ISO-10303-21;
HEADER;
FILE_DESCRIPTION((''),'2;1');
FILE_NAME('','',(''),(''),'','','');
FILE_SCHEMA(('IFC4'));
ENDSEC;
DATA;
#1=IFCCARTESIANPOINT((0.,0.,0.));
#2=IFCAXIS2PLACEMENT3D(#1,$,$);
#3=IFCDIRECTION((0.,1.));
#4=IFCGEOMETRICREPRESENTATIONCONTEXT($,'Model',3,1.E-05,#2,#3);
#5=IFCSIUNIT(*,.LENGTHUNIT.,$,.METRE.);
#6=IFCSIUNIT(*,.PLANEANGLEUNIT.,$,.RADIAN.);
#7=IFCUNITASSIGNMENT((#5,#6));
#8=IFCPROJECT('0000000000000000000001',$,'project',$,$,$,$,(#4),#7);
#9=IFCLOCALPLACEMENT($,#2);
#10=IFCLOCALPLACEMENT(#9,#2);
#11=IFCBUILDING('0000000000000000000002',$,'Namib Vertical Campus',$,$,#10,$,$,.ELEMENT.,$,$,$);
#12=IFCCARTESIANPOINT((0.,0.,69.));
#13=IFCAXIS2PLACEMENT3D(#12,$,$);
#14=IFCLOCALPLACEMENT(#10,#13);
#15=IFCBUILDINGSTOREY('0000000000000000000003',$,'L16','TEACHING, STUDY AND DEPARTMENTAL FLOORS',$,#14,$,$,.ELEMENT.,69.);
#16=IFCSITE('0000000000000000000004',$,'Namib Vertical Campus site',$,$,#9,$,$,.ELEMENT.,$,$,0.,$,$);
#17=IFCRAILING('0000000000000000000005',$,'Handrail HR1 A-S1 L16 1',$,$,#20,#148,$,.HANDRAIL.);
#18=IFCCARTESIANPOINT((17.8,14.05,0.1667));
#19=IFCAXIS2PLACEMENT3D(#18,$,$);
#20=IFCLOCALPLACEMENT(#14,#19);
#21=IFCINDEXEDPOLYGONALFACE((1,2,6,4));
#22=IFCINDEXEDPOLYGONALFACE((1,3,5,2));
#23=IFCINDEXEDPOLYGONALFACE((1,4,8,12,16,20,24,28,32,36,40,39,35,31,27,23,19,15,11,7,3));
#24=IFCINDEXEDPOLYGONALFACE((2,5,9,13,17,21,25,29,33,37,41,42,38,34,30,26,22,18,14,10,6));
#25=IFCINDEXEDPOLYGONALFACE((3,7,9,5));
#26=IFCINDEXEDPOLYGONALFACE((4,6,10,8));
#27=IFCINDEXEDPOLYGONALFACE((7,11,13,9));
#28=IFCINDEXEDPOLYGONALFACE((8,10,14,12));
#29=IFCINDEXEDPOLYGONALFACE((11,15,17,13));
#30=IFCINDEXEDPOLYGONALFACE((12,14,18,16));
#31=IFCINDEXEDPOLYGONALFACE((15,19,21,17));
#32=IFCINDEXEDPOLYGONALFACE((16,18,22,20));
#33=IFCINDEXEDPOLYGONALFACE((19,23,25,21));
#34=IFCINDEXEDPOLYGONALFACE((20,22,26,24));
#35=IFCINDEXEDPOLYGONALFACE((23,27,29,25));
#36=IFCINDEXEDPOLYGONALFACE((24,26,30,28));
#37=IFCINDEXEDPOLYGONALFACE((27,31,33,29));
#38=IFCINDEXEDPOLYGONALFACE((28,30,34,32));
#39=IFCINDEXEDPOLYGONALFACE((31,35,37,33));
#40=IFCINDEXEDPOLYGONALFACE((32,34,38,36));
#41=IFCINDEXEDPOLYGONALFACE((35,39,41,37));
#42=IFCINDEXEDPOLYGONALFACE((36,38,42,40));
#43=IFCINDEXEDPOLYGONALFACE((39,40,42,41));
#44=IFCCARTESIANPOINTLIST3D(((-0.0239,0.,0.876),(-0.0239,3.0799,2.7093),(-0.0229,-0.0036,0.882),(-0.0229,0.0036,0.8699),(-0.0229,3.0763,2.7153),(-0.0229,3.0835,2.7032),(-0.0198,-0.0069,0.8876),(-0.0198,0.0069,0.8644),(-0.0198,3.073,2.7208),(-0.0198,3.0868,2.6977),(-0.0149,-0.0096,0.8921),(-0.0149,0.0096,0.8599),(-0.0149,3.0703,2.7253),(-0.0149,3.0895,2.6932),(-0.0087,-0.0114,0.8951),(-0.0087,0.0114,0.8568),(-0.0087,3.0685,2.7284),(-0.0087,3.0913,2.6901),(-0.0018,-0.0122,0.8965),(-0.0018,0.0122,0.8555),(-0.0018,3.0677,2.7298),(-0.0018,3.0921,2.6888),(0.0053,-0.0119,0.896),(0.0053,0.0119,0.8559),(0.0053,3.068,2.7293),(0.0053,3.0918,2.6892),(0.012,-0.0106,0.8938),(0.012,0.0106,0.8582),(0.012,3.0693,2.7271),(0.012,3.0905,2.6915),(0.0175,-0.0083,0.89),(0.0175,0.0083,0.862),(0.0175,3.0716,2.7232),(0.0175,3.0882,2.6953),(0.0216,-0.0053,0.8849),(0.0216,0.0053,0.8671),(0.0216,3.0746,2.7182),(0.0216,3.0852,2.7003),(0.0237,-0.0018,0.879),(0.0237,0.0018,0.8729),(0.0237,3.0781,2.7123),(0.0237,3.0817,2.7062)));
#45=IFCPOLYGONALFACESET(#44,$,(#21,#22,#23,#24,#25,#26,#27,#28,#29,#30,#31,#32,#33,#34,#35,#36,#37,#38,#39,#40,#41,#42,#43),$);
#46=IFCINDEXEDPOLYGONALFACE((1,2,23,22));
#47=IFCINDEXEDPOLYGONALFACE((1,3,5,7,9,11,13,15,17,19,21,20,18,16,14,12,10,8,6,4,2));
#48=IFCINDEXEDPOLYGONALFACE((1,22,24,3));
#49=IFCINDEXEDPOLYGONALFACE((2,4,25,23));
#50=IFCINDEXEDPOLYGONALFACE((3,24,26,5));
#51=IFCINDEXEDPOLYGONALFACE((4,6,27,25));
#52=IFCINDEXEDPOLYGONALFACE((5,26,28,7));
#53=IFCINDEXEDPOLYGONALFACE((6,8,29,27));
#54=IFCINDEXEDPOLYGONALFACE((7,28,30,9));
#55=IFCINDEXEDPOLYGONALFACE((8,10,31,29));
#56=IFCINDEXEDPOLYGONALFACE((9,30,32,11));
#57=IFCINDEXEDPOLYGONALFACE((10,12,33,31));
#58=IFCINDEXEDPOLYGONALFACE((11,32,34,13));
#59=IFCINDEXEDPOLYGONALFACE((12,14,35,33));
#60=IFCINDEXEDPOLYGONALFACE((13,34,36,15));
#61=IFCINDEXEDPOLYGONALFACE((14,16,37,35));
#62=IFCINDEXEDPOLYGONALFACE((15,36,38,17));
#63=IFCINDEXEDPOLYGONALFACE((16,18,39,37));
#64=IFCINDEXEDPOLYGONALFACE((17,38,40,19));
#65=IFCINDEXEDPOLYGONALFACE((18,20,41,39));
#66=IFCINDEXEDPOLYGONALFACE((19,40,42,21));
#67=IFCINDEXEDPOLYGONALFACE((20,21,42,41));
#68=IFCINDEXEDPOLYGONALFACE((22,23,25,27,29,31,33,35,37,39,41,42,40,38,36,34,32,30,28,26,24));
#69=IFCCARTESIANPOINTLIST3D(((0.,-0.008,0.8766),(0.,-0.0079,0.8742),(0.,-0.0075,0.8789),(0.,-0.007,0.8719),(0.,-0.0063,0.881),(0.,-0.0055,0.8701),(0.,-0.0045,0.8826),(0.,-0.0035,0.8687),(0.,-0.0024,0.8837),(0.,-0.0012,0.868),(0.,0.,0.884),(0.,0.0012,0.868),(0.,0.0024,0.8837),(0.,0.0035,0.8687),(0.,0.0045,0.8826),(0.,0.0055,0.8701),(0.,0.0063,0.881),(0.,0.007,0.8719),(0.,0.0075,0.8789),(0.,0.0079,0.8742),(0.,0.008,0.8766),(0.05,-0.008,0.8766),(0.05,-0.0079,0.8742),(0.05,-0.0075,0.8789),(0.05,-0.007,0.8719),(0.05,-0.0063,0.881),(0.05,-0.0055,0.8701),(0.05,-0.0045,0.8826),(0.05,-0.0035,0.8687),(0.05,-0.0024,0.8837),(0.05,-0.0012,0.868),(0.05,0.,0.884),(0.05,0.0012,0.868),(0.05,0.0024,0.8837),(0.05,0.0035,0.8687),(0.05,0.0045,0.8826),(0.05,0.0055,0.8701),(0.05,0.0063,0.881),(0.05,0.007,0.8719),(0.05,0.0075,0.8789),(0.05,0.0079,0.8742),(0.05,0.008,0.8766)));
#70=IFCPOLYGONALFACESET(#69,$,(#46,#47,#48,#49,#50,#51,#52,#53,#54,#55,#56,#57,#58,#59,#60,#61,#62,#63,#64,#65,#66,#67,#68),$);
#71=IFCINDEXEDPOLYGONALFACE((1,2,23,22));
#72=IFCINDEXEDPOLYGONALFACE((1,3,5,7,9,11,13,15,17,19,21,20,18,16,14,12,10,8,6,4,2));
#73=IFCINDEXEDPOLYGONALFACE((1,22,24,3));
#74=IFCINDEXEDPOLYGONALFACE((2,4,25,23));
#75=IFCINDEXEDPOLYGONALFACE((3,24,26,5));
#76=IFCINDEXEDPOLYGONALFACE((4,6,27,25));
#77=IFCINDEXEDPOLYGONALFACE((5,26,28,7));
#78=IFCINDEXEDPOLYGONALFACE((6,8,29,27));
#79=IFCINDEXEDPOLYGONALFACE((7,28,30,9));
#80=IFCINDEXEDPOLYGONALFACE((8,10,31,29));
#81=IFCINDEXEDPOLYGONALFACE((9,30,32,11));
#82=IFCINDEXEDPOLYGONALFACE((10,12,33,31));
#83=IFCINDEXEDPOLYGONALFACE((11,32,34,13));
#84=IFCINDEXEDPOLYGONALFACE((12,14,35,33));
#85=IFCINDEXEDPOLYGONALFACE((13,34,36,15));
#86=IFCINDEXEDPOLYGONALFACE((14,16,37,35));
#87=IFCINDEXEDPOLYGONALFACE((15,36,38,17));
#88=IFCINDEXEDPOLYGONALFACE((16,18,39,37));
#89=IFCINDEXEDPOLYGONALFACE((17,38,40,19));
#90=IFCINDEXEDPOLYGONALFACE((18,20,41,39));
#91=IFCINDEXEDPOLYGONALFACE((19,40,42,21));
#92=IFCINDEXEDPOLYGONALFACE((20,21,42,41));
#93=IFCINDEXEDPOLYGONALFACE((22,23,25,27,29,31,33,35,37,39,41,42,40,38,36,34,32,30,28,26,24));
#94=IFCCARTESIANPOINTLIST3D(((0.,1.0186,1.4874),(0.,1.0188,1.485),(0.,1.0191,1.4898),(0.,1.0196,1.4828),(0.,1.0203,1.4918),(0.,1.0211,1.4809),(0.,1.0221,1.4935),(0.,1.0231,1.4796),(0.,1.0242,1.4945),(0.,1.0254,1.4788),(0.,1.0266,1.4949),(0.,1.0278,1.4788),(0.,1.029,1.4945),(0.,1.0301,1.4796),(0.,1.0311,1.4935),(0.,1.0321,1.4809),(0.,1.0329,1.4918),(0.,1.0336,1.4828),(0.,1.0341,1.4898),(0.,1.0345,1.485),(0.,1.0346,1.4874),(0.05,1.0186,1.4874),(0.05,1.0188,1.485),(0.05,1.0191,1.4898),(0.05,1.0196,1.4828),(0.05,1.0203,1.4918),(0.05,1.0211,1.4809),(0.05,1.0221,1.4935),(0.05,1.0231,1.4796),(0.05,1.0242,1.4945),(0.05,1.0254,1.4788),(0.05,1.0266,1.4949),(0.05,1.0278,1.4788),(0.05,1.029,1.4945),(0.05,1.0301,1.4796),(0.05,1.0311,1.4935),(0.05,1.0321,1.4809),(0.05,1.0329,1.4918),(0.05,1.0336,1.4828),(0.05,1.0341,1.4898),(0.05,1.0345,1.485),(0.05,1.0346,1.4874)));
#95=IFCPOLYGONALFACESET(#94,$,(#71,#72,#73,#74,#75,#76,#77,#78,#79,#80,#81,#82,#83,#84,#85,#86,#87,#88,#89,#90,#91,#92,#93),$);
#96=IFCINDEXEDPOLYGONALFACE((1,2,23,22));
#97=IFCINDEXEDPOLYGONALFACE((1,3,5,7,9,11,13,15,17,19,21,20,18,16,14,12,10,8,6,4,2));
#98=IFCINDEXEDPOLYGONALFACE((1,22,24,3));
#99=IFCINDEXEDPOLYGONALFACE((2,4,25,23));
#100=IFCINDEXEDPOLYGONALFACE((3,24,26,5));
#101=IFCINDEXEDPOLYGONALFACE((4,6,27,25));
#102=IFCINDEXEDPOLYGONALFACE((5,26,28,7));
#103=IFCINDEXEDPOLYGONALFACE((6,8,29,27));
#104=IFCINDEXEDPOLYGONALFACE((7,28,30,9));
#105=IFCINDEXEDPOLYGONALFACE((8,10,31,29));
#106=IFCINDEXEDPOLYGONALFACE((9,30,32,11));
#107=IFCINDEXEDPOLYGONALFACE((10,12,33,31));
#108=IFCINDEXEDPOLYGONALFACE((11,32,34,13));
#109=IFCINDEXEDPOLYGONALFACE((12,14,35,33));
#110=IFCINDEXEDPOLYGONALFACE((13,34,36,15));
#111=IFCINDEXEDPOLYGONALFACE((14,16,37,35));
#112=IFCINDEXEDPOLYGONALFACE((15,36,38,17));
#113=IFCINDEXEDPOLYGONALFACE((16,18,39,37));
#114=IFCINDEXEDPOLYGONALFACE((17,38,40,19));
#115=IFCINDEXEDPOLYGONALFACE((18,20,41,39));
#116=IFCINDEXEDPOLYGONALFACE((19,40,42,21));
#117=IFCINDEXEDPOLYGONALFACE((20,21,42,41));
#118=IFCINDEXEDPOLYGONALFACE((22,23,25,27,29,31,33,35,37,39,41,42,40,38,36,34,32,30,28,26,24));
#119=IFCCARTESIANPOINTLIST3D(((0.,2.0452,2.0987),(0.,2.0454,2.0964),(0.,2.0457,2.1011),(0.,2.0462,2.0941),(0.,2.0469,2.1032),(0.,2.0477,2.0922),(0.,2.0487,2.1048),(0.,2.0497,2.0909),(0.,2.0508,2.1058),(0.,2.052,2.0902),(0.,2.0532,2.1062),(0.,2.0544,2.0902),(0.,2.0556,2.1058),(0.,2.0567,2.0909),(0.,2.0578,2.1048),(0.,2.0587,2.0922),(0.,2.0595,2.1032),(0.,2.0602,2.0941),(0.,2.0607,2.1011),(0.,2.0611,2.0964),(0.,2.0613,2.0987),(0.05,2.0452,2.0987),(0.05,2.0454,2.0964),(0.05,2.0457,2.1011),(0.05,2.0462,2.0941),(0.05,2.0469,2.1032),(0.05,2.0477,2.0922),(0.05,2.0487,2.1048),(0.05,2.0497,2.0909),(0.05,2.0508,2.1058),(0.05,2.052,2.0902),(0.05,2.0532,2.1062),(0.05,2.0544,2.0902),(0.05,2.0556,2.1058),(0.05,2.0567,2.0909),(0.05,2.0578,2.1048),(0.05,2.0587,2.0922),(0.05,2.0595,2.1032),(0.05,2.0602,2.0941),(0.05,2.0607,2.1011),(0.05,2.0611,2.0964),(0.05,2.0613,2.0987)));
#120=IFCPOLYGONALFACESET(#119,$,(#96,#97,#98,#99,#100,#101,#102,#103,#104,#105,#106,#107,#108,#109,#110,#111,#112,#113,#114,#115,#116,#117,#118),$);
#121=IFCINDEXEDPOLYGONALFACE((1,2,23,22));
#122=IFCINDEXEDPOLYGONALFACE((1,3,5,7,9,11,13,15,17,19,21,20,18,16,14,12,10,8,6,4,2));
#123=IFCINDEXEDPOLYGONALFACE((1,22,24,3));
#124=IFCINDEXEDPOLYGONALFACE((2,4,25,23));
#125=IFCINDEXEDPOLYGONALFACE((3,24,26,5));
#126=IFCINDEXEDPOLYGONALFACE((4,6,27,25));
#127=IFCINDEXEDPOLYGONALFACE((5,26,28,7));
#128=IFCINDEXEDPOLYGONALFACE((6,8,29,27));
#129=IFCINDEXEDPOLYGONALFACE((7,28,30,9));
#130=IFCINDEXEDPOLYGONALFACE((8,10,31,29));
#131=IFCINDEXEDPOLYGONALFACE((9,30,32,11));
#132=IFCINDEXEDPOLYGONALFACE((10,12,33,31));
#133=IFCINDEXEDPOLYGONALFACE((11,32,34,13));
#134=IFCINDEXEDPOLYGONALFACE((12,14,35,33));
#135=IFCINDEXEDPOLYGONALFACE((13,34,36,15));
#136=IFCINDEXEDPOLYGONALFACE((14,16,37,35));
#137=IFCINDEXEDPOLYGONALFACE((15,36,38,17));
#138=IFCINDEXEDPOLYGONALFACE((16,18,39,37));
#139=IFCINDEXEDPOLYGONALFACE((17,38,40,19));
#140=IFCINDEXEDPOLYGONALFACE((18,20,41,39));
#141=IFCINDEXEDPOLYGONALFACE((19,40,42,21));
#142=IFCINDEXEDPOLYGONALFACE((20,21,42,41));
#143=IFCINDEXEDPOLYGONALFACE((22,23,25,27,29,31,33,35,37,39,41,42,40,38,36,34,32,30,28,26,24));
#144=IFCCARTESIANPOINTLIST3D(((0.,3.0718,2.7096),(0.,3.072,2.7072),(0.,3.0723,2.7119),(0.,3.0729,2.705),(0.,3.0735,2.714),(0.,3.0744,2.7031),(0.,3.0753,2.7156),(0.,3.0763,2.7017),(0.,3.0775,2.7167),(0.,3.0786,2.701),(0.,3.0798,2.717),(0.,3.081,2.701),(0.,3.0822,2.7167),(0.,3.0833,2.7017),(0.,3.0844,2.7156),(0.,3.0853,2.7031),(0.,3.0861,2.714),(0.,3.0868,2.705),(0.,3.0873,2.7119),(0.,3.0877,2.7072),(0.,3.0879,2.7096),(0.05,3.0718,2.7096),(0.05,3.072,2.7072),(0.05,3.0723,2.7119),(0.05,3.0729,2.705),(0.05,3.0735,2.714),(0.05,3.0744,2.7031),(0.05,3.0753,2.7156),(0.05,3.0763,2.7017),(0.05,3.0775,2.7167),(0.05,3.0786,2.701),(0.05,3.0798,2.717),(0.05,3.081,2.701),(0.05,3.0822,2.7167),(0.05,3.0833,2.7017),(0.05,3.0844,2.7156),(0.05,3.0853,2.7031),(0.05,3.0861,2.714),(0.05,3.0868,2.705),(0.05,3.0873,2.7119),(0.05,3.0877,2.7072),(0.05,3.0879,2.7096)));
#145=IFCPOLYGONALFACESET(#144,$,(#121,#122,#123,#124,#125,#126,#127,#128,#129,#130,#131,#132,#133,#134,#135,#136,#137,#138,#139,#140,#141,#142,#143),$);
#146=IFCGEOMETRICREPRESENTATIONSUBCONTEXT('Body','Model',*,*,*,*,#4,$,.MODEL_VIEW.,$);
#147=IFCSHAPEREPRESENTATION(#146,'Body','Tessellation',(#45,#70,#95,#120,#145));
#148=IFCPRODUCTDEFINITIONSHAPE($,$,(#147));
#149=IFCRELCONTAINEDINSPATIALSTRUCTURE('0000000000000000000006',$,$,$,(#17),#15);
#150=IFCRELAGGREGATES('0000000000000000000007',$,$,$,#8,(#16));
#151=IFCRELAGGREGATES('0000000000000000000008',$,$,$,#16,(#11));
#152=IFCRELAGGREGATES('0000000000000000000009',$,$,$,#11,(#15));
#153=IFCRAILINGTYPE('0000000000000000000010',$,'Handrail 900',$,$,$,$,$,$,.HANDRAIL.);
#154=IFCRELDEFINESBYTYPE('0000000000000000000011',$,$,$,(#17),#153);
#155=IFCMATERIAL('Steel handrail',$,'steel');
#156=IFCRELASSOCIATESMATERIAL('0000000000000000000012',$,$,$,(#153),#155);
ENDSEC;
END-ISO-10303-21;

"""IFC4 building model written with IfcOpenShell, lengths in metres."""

from ifc_helpers import new_model, si_unit, direction, frame, origin, origin_2d, place, context, subcontext, project, spatial, circle, extrude, material, type_object, element, save


model = new_model("IFC4")

# Units and contexts
model_context = context("Model", 3, precision=1e-05, world=origin(), true_north=direction((0.0, 1.0)))
body_context = subcontext(model_context, "Body", "Model", "MODEL_VIEW")
ifc_project = project(units=[si_unit("LENGTHUNIT", "METRE"), si_unit("PLANEANGLEUNIT", "RADIAN")], contexts=[model_context])

# Site, building, storey
site_placement = place(None, origin())
site = spatial("IfcSite", under=ifc_project, at=site_placement, Name="Namib Vertical Campus site", CompositionType="ELEMENT", RefElevation=0.0)
building_placement = place(site_placement, origin())
building = spatial("IfcBuilding", under=site, at=building_placement, Name="Namib Vertical Campus", CompositionType="ELEMENT")
storey_placement = place(building_placement, frame((0.0, 0.0, 69.0)))
storey = spatial("IfcBuildingStorey", under=building, at=storey_placement, Name="L16", Description="TEACHING, STUDY AND DEPARTMENTAL FLOORS", CompositionType="ELEMENT", Elevation=69.0)

# Railing
ifc_material_1 = material(Name="Steel handrail", Category="steel")
railing_type_1 = type_object("IfcRailingType", Name="Handrail 900", PredefinedType="HANDRAIL", material=ifc_material_1)
railing_1_placement = place(storey_placement, frame((17.8, 14.05, 0.1667)))
element("IfcRailing", 1, at=railing_1_placement, inside=storey, type_object=railing_type_1, Name="Handrail HR1 A-S1 L16 1", PredefinedType="HANDRAIL", context=body_context, shape_type="SweptSolid", body=[
    extrude(circle(Radius=0.0239, at=origin_2d()), frame((0.0, 0.0, 0.876), z_axis=(0.0, 0.859291, 0.511487), x_axis=(-1.0, 0.0, 0.0)), (0.0, 0.0, 1.0), 3.5842),
    extrude(circle(Radius=0.0081, at=origin_2d()), frame((0.0, 0.0, 0.876), z_axis=(1.0, 0.0, 0.0), x_axis=(0.0, 0.0, 1.0)), (0.0, 0.0, 1.0), 0.05),
    extrude(circle(Radius=0.0081, at=origin_2d()), frame((0.0, 1.0266, 1.4868), z_axis=(1.0, 0.0, 0.0), x_axis=(0.0, 0.0, 1.0)), (0.0, 0.0, 1.0), 0.05),
    extrude(circle(Radius=0.0081, at=origin_2d()), frame((0.0, 2.0532, 2.0981), z_axis=(1.0, 0.0, 0.0), x_axis=(0.0, 0.0, 1.0)), (0.0, 0.0, 1.0), 0.05),
    extrude(circle(Radius=0.0081, at=origin_2d()), frame((0.0, 3.0798, 2.709), z_axis=(1.0, 0.0, 0.0), x_axis=(0.0, 0.0, 1.0)), (0.0, 0.0, 1.0), 0.05),
])

save(model, "model.ifc")
